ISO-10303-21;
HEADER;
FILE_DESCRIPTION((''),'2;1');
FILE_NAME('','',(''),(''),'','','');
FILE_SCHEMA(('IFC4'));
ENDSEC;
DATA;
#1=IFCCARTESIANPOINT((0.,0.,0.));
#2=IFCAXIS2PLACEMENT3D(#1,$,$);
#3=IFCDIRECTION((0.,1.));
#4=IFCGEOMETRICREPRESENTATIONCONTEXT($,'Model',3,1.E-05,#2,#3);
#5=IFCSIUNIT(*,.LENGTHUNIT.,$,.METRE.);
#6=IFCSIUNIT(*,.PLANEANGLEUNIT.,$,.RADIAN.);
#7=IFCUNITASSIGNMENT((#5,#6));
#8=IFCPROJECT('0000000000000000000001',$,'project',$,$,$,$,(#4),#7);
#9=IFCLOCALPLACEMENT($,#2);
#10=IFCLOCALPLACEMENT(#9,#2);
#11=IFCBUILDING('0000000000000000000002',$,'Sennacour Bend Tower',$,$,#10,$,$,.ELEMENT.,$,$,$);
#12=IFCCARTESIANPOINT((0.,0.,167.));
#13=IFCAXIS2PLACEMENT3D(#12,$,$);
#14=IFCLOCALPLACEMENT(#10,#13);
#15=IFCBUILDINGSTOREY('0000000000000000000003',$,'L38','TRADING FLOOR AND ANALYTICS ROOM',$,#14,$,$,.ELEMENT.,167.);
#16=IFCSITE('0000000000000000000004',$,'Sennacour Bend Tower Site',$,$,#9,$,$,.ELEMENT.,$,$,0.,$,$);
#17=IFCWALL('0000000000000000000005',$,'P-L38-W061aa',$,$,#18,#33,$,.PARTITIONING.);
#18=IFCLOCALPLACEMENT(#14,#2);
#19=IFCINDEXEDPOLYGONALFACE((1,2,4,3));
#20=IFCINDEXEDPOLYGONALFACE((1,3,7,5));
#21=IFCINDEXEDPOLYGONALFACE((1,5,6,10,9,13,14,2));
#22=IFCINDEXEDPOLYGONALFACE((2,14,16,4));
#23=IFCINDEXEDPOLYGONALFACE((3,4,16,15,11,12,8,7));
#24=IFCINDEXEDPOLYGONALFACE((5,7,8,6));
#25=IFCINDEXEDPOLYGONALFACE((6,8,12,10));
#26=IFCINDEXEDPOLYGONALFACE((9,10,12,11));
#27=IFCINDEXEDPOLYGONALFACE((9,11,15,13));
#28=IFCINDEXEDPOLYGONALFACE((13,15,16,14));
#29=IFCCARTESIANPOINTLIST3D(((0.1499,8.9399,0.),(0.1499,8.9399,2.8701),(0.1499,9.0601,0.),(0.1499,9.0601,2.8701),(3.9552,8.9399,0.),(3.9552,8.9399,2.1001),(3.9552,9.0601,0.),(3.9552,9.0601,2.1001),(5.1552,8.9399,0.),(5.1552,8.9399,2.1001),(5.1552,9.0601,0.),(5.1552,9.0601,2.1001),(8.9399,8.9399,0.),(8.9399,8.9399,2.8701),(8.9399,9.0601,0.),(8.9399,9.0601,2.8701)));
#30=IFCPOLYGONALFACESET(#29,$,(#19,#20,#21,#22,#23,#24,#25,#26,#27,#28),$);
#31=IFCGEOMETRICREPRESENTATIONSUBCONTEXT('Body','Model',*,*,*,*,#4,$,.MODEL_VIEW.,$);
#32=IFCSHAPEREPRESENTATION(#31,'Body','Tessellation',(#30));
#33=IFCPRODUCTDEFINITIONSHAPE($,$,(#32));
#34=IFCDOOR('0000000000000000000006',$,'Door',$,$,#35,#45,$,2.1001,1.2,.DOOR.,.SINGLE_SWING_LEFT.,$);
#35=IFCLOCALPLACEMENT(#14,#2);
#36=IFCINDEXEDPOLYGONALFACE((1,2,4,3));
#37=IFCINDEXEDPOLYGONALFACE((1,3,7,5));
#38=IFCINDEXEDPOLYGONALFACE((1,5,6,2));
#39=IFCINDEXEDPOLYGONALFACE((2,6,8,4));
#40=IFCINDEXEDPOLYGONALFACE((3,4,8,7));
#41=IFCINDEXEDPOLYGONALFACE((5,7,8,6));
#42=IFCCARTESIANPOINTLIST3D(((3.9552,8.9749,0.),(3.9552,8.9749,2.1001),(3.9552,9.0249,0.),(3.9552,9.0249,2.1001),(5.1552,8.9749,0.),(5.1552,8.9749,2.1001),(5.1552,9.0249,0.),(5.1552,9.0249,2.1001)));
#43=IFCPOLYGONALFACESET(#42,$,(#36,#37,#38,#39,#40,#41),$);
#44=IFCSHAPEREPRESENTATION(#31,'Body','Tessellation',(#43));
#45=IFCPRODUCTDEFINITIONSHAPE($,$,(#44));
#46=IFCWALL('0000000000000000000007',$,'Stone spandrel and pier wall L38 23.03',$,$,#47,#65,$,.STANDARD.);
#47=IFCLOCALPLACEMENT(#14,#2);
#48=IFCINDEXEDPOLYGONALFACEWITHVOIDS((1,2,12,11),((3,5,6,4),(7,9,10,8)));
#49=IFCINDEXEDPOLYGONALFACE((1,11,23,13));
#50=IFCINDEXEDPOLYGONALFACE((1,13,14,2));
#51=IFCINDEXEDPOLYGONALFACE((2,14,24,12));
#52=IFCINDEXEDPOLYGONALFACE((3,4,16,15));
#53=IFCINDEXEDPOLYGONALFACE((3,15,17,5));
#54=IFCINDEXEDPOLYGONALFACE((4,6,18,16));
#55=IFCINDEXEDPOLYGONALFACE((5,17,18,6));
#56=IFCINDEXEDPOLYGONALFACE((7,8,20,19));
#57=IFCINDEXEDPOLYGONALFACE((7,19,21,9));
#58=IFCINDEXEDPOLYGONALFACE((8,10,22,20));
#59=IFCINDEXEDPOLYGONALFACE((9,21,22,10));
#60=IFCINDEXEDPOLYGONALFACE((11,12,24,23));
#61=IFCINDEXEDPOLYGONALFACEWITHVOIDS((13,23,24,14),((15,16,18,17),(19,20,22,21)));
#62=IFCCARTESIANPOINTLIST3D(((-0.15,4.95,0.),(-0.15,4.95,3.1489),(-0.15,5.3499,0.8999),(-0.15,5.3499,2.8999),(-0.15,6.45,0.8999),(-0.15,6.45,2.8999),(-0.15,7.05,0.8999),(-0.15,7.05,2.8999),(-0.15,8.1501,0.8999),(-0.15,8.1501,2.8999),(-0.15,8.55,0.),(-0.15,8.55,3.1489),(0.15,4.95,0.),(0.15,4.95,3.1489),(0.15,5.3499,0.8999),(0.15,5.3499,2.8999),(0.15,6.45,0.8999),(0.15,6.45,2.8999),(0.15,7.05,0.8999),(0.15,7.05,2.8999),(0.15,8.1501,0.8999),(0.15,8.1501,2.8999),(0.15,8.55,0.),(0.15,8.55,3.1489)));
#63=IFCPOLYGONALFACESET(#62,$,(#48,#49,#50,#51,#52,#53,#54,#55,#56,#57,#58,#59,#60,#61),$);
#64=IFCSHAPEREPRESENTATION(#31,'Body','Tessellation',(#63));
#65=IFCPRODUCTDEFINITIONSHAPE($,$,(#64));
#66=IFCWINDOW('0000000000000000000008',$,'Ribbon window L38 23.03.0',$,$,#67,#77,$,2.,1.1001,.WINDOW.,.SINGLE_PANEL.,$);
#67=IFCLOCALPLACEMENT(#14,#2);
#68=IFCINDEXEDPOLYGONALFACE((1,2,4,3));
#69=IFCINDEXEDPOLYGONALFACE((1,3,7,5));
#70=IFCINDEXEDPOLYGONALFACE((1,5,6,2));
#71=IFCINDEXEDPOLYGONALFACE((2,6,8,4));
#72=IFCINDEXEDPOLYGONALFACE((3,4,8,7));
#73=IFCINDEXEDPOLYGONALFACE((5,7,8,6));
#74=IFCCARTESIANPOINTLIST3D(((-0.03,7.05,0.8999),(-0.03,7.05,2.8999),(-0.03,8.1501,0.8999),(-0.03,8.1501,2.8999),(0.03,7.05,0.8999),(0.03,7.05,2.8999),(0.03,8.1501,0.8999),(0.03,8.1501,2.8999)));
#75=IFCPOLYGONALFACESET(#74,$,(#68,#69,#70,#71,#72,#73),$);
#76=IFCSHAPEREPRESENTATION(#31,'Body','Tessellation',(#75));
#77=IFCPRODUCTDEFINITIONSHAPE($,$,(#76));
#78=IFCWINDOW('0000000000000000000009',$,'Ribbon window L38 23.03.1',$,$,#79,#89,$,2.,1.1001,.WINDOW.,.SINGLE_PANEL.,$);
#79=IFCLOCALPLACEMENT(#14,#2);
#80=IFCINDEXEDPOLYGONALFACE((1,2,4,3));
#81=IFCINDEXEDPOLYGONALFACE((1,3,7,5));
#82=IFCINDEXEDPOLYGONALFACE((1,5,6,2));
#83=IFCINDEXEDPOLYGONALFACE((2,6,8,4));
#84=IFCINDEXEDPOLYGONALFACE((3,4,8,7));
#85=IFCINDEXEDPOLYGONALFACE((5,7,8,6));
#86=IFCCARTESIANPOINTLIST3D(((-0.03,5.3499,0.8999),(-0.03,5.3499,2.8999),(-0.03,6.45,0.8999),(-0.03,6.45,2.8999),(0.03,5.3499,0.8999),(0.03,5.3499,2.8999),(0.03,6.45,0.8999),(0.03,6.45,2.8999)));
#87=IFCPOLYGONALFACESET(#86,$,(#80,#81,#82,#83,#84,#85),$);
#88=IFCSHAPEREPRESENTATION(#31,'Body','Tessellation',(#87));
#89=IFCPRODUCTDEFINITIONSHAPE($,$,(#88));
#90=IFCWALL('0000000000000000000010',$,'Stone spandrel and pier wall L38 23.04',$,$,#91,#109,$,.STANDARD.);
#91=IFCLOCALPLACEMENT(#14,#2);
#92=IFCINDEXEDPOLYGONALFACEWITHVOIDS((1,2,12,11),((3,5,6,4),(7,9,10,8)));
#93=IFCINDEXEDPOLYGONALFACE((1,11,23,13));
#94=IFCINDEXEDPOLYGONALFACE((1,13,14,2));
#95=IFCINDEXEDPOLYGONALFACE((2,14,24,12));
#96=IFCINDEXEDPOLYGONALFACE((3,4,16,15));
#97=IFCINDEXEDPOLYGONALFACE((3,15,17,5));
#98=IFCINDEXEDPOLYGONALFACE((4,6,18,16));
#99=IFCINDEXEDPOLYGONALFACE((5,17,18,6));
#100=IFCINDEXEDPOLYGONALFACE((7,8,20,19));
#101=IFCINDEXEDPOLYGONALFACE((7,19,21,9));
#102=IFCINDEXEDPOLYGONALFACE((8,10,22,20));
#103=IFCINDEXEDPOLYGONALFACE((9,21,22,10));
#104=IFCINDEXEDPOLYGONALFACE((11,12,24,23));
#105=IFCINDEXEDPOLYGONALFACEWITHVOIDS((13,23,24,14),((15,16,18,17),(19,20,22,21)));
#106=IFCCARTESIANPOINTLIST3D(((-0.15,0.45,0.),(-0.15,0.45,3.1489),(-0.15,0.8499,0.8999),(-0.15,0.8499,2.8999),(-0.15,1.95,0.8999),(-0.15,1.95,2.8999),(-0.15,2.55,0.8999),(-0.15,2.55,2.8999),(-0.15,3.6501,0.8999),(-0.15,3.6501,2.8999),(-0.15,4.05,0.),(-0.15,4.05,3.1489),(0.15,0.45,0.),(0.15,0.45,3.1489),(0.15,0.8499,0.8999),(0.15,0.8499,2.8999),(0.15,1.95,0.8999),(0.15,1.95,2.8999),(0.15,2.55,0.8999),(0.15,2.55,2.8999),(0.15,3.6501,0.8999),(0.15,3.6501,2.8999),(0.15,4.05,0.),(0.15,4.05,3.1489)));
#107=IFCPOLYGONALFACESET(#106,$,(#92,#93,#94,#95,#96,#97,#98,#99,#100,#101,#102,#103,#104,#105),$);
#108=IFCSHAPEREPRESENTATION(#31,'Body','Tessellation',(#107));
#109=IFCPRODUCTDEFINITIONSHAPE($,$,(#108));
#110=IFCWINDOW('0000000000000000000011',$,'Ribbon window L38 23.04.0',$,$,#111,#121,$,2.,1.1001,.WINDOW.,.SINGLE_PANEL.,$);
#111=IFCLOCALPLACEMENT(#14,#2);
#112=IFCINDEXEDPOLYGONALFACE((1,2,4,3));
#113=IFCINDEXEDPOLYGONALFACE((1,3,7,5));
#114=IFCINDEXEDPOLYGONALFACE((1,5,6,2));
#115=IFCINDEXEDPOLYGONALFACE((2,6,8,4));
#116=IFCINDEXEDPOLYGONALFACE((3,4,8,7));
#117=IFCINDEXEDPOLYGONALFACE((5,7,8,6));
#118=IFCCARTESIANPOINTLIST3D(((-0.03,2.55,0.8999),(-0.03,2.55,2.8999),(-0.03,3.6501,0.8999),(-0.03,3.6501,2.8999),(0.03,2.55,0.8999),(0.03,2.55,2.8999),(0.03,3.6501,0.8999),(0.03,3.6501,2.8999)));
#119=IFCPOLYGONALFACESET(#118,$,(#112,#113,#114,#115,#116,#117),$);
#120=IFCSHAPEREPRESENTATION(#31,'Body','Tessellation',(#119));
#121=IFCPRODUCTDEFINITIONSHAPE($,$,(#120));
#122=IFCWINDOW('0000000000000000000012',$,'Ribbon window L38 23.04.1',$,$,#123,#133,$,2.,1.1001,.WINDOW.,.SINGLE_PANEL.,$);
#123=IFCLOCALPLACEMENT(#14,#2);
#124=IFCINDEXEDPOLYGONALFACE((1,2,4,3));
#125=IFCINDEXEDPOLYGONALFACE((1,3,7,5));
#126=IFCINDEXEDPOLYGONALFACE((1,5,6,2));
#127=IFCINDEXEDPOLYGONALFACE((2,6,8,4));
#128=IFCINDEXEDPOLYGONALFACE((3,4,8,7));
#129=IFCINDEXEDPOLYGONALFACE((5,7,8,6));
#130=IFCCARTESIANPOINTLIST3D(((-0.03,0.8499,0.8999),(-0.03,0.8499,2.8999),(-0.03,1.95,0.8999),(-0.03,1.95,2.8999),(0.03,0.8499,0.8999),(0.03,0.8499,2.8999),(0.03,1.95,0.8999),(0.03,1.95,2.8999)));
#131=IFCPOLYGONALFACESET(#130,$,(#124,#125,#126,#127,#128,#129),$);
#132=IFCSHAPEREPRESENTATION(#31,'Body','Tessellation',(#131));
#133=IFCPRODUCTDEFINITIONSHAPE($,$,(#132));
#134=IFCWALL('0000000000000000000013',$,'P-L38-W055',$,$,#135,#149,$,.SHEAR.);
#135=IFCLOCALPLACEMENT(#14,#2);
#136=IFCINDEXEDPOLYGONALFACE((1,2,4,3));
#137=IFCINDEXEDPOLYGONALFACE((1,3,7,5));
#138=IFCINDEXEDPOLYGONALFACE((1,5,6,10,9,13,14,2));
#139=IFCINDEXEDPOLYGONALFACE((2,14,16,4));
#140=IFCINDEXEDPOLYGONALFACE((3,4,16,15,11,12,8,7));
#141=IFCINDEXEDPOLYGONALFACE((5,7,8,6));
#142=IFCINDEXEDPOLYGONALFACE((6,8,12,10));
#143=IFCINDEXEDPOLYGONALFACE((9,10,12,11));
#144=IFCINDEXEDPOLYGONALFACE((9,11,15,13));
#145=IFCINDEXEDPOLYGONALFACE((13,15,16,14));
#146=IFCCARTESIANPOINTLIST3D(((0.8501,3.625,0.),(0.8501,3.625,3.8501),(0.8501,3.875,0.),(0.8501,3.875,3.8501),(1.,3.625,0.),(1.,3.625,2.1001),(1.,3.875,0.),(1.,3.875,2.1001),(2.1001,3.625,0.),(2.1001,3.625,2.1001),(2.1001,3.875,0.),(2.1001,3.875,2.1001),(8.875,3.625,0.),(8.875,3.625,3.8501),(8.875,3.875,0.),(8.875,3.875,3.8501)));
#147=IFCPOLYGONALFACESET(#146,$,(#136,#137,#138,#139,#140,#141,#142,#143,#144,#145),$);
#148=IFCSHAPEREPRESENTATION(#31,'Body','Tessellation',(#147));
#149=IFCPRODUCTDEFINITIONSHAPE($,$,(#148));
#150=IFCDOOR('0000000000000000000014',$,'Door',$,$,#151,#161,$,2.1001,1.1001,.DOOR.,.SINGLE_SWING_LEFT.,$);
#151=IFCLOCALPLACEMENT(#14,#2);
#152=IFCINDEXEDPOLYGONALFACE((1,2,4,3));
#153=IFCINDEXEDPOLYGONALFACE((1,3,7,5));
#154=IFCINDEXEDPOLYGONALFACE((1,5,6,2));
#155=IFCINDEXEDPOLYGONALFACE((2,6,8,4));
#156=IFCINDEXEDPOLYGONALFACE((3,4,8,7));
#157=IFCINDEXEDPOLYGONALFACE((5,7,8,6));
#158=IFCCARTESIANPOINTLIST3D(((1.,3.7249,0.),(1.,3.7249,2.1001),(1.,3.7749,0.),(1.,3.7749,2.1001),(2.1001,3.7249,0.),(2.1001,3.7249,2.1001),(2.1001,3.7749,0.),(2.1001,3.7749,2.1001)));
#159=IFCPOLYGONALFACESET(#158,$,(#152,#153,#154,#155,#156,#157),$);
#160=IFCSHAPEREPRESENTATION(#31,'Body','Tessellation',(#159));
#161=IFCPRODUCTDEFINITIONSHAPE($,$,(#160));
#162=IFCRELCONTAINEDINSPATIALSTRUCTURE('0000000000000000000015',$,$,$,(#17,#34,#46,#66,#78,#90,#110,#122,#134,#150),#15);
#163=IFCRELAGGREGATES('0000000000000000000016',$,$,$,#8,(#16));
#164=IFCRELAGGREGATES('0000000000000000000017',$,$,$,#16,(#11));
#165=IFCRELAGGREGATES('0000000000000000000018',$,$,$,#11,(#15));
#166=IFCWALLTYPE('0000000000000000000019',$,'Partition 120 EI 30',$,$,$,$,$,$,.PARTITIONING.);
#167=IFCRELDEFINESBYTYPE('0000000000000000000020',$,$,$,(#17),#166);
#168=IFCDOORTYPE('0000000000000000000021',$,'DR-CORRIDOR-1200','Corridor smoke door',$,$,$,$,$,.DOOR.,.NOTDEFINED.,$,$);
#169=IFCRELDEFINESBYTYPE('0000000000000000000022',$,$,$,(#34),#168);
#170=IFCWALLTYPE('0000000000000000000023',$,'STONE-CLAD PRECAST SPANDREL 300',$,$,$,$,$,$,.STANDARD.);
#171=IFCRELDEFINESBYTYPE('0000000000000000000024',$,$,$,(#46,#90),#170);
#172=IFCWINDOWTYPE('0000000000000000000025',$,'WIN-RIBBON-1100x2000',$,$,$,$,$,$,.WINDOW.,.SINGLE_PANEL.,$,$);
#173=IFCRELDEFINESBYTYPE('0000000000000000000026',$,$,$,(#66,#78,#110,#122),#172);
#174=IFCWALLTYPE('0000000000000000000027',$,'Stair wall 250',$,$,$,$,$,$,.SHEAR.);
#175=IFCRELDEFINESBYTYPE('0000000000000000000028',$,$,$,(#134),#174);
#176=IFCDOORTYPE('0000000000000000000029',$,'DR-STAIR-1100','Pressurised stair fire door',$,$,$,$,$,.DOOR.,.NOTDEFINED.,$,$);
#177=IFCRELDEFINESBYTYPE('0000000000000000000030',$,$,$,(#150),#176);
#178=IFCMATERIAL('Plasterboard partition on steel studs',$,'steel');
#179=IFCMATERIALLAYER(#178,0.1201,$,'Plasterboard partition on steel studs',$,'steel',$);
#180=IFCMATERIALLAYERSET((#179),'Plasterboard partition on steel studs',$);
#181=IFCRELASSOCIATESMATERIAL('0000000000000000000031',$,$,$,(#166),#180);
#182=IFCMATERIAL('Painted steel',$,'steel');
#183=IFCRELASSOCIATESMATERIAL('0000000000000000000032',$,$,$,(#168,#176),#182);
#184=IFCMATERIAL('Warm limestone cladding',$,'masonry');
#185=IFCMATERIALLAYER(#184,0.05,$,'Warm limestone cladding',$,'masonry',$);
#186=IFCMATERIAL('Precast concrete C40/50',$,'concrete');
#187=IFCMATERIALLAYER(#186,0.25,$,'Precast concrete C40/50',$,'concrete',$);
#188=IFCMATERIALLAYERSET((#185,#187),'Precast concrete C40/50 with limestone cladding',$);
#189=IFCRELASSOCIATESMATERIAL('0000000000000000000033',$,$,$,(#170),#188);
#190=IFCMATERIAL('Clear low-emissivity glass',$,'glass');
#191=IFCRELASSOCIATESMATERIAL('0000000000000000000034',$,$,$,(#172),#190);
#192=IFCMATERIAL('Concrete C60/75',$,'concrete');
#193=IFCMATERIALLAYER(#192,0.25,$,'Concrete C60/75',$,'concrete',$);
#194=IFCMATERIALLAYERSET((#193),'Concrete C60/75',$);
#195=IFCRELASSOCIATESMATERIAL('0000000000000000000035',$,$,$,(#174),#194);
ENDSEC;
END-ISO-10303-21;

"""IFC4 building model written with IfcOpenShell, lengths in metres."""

from ifc_helpers import new_model, si_unit, direction, frame, frame_2d, origin, place, context, subcontext, project, spatial, rectangle, extrude, material, layer, layer_set, type_object, element, fill, save


model = new_model("IFC4")

# Units and contexts
model_context = context("Model", 3, precision=1e-05, world=origin(), true_north=direction((0.0, 1.0)))
body_context = subcontext(model_context, "Body", "Model", "MODEL_VIEW")
ifc_project = project(units=[si_unit("LENGTHUNIT", "METRE"), si_unit("PLANEANGLEUNIT", "RADIAN")], contexts=[model_context])

# Site, building, storey
site_placement = place(None, origin())
site = spatial("IfcSite", under=ifc_project, at=site_placement, Name="Sennacour Bend Tower Site", CompositionType="ELEMENT", RefElevation=0.0)
building_placement = place(site_placement, origin())
building = spatial("IfcBuilding", under=site, at=building_placement, Name="Sennacour Bend Tower", CompositionType="ELEMENT")
storey_placement = place(building_placement, frame((0.0, 0.0, 167.0)))
storey = spatial("IfcBuildingStorey", under=building, at=storey_placement, Name="L38", Description="TRADING FLOOR AND ANALYTICS ROOM", CompositionType="ELEMENT", Elevation=167.0)

# Shared definitions
ifc_material_1 = material(Name="Plasterboard partition on steel studs", Category="steel")

# Wall, opening, door
ifc_layer_1 = layer(ifc_material_1, 0.1201, Name="Plasterboard partition on steel studs", Category="steel")
ifc_layer_set_1 = layer_set([ifc_layer_1], Name="Plasterboard partition on steel studs")
wall_type_1 = type_object("IfcWallType", Name="Partition 120 EI 30", PredefinedType="PARTITIONING", material=ifc_layer_set_1)
wall_1_placement = place(storey_placement, frame((0.1499, 9.0, 0.0), z_axis=(0.0, 0.0, 1.0), x_axis=(1.0, 0.0, 0.0)))
wall_1 = element("IfcWall", 1, at=wall_1_placement, inside=storey, type_object=wall_type_1, Name="P-L38-W061aa", PredefinedType="PARTITIONING", context=body_context, shape_type="SweptSolid", body=[
    extrude(rectangle(XDim=8.79, YDim=0.1201, at=frame_2d((4.395, 0.0))), origin(), (0.0, 0.0, 1.0), 2.8701),
])
opening_1_placement = place(wall_1_placement, frame((3.8052, 0.0, 0.0)))
opening_1 = element("IfcOpeningElement", 2, at=opening_1_placement, cuts=wall_1, PredefinedType="OPENING", context=body_context, shape_type="SweptSolid", body=[
    extrude(rectangle(XDim=1.2, YDim=2.1001, at=frame_2d((0.6001, 1.05))), frame((0.0, 0.0701, 0.0), z_axis=(0.0, -1.0, 0.0), x_axis=(1.0, 0.0, 0.0)), (0.0, 0.0, 1.0), 0.1401),
])
ifc_material_2 = material(Name="Painted steel", Category="steel")
door_type_1 = type_object("IfcDoorType", Name="DR-CORRIDOR-1200", Description="Corridor smoke door", OperationType="NOTDEFINED", PredefinedType="DOOR", material=ifc_material_2)
door_1_placement = place(opening_1_placement, origin())
door_1 = element("IfcDoor", 3, at=door_1_placement, inside=storey, type_object=door_type_1, Name="Door", OperationType="SINGLE_SWING_LEFT", OverallHeight=2.1001, OverallWidth=1.2, PredefinedType="DOOR", context=body_context, shape_type="SweptSolid", body=[
    extrude(rectangle(XDim=1.2, YDim=2.1001, at=frame_2d((0.6001, 1.05))), frame((0.0, 0.0249, 0.0), z_axis=(0.0, -1.0, 0.0), x_axis=(1.0, 0.0, 0.0)), (0.0, 0.0, 1.0), 0.05),
])
fill(opening_1, door_1)

# Walls, openings, windows
ifc_material_3 = material(Name="Warm limestone cladding", Category="masonry")
ifc_layer_2 = layer(ifc_material_3, 0.05, Name="Warm limestone cladding", Category="masonry")
ifc_material_4 = material(Name="Precast concrete C40/50", Category="concrete")
ifc_layer_3 = layer(ifc_material_4, 0.25, Name="Precast concrete C40/50", Category="concrete")
ifc_layer_set_2 = layer_set([ifc_layer_2, ifc_layer_3], Name="Precast concrete C40/50 with limestone cladding")
wall_type_2 = type_object("IfcWallType", Name="STONE-CLAD PRECAST SPANDREL 300", PredefinedType="STANDARD", material=ifc_layer_set_2)
wall_2_placement = place(storey_placement, frame((0.0, 8.55, 0.0), z_axis=(0.0, 0.0, 1.0), x_axis=(0.0, -1.0, 0.0)))
wall_2 = element("IfcWall", 4, at=wall_2_placement, inside=storey, type_object=wall_type_2, Name="Stone spandrel and pier wall L38 23.03", PredefinedType="STANDARD", context=body_context, shape_type="SweptSolid", body=[
    extrude(rectangle(XDim=3.6001, YDim=0.3, at=frame_2d((1.8, 0.0))), origin(), (0.0, 0.0, 1.0), 3.1489),
])
opening_2_placement = place(wall_2_placement, frame((0.3999, 0.0, 0.8999)))
opening_2 = element("IfcOpeningElement", 5, at=opening_2_placement, cuts=wall_2, PredefinedType="OPENING", context=body_context, shape_type="SweptSolid", body=[
    extrude(rectangle(XDim=1.1001, YDim=2.0, at=frame_2d((0.55, 1.0))), frame((0.0, 0.1602, 0.0), z_axis=(0.0, -1.0, 0.0), x_axis=(1.0, 0.0, 0.0)), (0.0, 0.0, 1.0), 0.3201),
])
opening_3_placement = place(wall_2_placement, frame((2.1001, 0.0, 0.8999)))
opening_3 = element("IfcOpeningElement", 6, at=opening_3_placement, cuts=wall_2, PredefinedType="OPENING", context=body_context, shape_type="SweptSolid", body=[
    extrude(rectangle(XDim=1.1001, YDim=2.0, at=frame_2d((0.55, 1.0))), frame((0.0, 0.1602, 0.0), z_axis=(0.0, -1.0, 0.0), x_axis=(1.0, 0.0, 0.0)), (0.0, 0.0, 1.0), 0.3201),
])
ifc_material_5 = material(Name="Clear low-emissivity glass", Category="glass")
window_type = type_object("IfcWindowType", Name="WIN-RIBBON-1100x2000", PartitioningType="SINGLE_PANEL", PredefinedType="WINDOW", material=ifc_material_5)
window_1_placement = place(opening_2_placement, origin())
window_1 = element("IfcWindow", 7, at=window_1_placement, inside=storey, type_object=window_type, Name="Ribbon window L38 23.03.0", OverallHeight=2.0, OverallWidth=1.1001, PartitioningType="SINGLE_PANEL", PredefinedType="WINDOW", context=body_context, shape_type="SweptSolid", body=[
    extrude(rectangle(XDim=1.1001, YDim=2.0, at=frame_2d((0.55, 1.0))), frame((0.0, 0.03, 0.0), z_axis=(0.0, -1.0, 0.0), x_axis=(1.0, 0.0, 0.0)), (0.0, 0.0, 1.0), 0.0601),
])
fill(opening_2, window_1)
window_2_placement = place(opening_3_placement, origin())
window_2 = element("IfcWindow", 8, at=window_2_placement, inside=storey, type_object=window_type, Name="Ribbon window L38 23.03.1", OverallHeight=2.0, OverallWidth=1.1001, PartitioningType="SINGLE_PANEL", PredefinedType="WINDOW", context=body_context, shape_type="SweptSolid", body=[
    extrude(rectangle(XDim=1.1001, YDim=2.0, at=frame_2d((0.55, 1.0))), frame((0.0, 0.03, 0.0), z_axis=(0.0, -1.0, 0.0), x_axis=(1.0, 0.0, 0.0)), (0.0, 0.0, 1.0), 0.0601),
])
fill(opening_3, window_2)
wall_3_placement = place(storey_placement, frame((0.0, 4.05, 0.0), z_axis=(0.0, 0.0, 1.0), x_axis=(0.0, -1.0, 0.0)))
wall_3 = element("IfcWall", 9, at=wall_3_placement, inside=storey, type_object=wall_type_2, Name="Stone spandrel and pier wall L38 23.04", PredefinedType="STANDARD", context=body_context, shape_type="SweptSolid", body=[
    extrude(rectangle(XDim=3.6001, YDim=0.3, at=frame_2d((1.8, 0.0))), origin(), (0.0, 0.0, 1.0), 3.1489),
])
opening_4_placement = place(wall_3_placement, frame((0.3999, 0.0, 0.8999)))
opening_4 = element("IfcOpeningElement", 10, at=opening_4_placement, cuts=wall_3, PredefinedType="OPENING", context=body_context, shape_type="SweptSolid", body=[
    extrude(rectangle(XDim=1.1001, YDim=2.0, at=frame_2d((0.55, 1.0))), frame((0.0, 0.1602, 0.0), z_axis=(0.0, -1.0, 0.0), x_axis=(1.0, 0.0, 0.0)), (0.0, 0.0, 1.0), 0.3201),
])
opening_5_placement = place(wall_3_placement, frame((2.1001, 0.0, 0.8999)))
opening_5 = element("IfcOpeningElement", 11, at=opening_5_placement, cuts=wall_3, PredefinedType="OPENING", context=body_context, shape_type="SweptSolid", body=[
    extrude(rectangle(XDim=1.1001, YDim=2.0, at=frame_2d((0.55, 1.0))), frame((0.0, 0.1602, 0.0), z_axis=(0.0, -1.0, 0.0), x_axis=(1.0, 0.0, 0.0)), (0.0, 0.0, 1.0), 0.3201),
])
window_3_placement = place(opening_4_placement, origin())
window_3 = element("IfcWindow", 12, at=window_3_placement, inside=storey, type_object=window_type, Name="Ribbon window L38 23.04.0", OverallHeight=2.0, OverallWidth=1.1001, PartitioningType="SINGLE_PANEL", PredefinedType="WINDOW", context=body_context, shape_type="SweptSolid", body=[
    extrude(rectangle(XDim=1.1001, YDim=2.0, at=frame_2d((0.55, 1.0))), frame((0.0, 0.03, 0.0), z_axis=(0.0, -1.0, 0.0), x_axis=(1.0, 0.0, 0.0)), (0.0, 0.0, 1.0), 0.0601),
])
fill(opening_4, window_3)
window_4_placement = place(opening_5_placement, origin())
window_4 = element("IfcWindow", 13, at=window_4_placement, inside=storey, type_object=window_type, Name="Ribbon window L38 23.04.1", OverallHeight=2.0, OverallWidth=1.1001, PartitioningType="SINGLE_PANEL", PredefinedType="WINDOW", context=body_context, shape_type="SweptSolid", body=[
    extrude(rectangle(XDim=1.1001, YDim=2.0, at=frame_2d((0.55, 1.0))), frame((0.0, 0.03, 0.0), z_axis=(0.0, -1.0, 0.0), x_axis=(1.0, 0.0, 0.0)), (0.0, 0.0, 1.0), 0.0601),
])
fill(opening_5, window_4)

# Wall, opening, door
ifc_material_6 = material(Name="Concrete C60/75", Category="concrete")
ifc_layer_4 = layer(ifc_material_6, 0.25, Name="Concrete C60/75", Category="concrete")
ifc_layer_set_3 = layer_set([ifc_layer_4], Name="Concrete C60/75")
wall_type_3 = type_object("IfcWallType", Name="Stair wall 250", PredefinedType="SHEAR", material=ifc_layer_set_3)
wall_4_placement = place(storey_placement, frame((0.8501, 3.75, 0.0), z_axis=(0.0, 0.0, 1.0), x_axis=(1.0, 0.0, 0.0)))
wall_4 = element("IfcWall", 14, at=wall_4_placement, inside=storey, type_object=wall_type_3, Name="P-L38-W055", PredefinedType="SHEAR", context=body_context, shape_type="SweptSolid", body=[
    extrude(rectangle(XDim=8.0249, YDim=0.25, at=frame_2d((4.0125, 0.0))), origin(), (0.0, 0.0, 1.0), 3.8501),
])
opening_6_placement = place(wall_4_placement, frame((0.1499, 0.0, 0.0)))
opening_6 = element("IfcOpeningElement", 15, at=opening_6_placement, cuts=wall_4, PredefinedType="OPENING", context=body_context, shape_type="SweptSolid", body=[
    extrude(rectangle(XDim=1.1001, YDim=2.1001, at=frame_2d((0.55, 1.05))), frame((0.0, 0.135, 0.0), z_axis=(0.0, -1.0, 0.0), x_axis=(1.0, 0.0, 0.0)), (0.0, 0.0, 1.0), 0.27),
])
door_type_2 = type_object("IfcDoorType", Name="DR-STAIR-1100", Description="Pressurised stair fire door", OperationType="NOTDEFINED", PredefinedType="DOOR", material=ifc_material_2)
door_2_placement = place(opening_6_placement, origin())
door_2 = element("IfcDoor", 16, at=door_2_placement, inside=storey, type_object=door_type_2, Name="Door", OperationType="SINGLE_SWING_LEFT", OverallHeight=2.1001, OverallWidth=1.1001, PredefinedType="DOOR", context=body_context, shape_type="SweptSolid", body=[
    extrude(rectangle(XDim=1.1001, YDim=2.1001, at=frame_2d((0.55, 1.05))), frame((0.0, 0.0249, 0.0), z_axis=(0.0, -1.0, 0.0), x_axis=(1.0, 0.0, 0.0)), (0.0, 0.0, 1.0), 0.05),
])
fill(opening_6, door_2)

save(model, "model.ifc")
